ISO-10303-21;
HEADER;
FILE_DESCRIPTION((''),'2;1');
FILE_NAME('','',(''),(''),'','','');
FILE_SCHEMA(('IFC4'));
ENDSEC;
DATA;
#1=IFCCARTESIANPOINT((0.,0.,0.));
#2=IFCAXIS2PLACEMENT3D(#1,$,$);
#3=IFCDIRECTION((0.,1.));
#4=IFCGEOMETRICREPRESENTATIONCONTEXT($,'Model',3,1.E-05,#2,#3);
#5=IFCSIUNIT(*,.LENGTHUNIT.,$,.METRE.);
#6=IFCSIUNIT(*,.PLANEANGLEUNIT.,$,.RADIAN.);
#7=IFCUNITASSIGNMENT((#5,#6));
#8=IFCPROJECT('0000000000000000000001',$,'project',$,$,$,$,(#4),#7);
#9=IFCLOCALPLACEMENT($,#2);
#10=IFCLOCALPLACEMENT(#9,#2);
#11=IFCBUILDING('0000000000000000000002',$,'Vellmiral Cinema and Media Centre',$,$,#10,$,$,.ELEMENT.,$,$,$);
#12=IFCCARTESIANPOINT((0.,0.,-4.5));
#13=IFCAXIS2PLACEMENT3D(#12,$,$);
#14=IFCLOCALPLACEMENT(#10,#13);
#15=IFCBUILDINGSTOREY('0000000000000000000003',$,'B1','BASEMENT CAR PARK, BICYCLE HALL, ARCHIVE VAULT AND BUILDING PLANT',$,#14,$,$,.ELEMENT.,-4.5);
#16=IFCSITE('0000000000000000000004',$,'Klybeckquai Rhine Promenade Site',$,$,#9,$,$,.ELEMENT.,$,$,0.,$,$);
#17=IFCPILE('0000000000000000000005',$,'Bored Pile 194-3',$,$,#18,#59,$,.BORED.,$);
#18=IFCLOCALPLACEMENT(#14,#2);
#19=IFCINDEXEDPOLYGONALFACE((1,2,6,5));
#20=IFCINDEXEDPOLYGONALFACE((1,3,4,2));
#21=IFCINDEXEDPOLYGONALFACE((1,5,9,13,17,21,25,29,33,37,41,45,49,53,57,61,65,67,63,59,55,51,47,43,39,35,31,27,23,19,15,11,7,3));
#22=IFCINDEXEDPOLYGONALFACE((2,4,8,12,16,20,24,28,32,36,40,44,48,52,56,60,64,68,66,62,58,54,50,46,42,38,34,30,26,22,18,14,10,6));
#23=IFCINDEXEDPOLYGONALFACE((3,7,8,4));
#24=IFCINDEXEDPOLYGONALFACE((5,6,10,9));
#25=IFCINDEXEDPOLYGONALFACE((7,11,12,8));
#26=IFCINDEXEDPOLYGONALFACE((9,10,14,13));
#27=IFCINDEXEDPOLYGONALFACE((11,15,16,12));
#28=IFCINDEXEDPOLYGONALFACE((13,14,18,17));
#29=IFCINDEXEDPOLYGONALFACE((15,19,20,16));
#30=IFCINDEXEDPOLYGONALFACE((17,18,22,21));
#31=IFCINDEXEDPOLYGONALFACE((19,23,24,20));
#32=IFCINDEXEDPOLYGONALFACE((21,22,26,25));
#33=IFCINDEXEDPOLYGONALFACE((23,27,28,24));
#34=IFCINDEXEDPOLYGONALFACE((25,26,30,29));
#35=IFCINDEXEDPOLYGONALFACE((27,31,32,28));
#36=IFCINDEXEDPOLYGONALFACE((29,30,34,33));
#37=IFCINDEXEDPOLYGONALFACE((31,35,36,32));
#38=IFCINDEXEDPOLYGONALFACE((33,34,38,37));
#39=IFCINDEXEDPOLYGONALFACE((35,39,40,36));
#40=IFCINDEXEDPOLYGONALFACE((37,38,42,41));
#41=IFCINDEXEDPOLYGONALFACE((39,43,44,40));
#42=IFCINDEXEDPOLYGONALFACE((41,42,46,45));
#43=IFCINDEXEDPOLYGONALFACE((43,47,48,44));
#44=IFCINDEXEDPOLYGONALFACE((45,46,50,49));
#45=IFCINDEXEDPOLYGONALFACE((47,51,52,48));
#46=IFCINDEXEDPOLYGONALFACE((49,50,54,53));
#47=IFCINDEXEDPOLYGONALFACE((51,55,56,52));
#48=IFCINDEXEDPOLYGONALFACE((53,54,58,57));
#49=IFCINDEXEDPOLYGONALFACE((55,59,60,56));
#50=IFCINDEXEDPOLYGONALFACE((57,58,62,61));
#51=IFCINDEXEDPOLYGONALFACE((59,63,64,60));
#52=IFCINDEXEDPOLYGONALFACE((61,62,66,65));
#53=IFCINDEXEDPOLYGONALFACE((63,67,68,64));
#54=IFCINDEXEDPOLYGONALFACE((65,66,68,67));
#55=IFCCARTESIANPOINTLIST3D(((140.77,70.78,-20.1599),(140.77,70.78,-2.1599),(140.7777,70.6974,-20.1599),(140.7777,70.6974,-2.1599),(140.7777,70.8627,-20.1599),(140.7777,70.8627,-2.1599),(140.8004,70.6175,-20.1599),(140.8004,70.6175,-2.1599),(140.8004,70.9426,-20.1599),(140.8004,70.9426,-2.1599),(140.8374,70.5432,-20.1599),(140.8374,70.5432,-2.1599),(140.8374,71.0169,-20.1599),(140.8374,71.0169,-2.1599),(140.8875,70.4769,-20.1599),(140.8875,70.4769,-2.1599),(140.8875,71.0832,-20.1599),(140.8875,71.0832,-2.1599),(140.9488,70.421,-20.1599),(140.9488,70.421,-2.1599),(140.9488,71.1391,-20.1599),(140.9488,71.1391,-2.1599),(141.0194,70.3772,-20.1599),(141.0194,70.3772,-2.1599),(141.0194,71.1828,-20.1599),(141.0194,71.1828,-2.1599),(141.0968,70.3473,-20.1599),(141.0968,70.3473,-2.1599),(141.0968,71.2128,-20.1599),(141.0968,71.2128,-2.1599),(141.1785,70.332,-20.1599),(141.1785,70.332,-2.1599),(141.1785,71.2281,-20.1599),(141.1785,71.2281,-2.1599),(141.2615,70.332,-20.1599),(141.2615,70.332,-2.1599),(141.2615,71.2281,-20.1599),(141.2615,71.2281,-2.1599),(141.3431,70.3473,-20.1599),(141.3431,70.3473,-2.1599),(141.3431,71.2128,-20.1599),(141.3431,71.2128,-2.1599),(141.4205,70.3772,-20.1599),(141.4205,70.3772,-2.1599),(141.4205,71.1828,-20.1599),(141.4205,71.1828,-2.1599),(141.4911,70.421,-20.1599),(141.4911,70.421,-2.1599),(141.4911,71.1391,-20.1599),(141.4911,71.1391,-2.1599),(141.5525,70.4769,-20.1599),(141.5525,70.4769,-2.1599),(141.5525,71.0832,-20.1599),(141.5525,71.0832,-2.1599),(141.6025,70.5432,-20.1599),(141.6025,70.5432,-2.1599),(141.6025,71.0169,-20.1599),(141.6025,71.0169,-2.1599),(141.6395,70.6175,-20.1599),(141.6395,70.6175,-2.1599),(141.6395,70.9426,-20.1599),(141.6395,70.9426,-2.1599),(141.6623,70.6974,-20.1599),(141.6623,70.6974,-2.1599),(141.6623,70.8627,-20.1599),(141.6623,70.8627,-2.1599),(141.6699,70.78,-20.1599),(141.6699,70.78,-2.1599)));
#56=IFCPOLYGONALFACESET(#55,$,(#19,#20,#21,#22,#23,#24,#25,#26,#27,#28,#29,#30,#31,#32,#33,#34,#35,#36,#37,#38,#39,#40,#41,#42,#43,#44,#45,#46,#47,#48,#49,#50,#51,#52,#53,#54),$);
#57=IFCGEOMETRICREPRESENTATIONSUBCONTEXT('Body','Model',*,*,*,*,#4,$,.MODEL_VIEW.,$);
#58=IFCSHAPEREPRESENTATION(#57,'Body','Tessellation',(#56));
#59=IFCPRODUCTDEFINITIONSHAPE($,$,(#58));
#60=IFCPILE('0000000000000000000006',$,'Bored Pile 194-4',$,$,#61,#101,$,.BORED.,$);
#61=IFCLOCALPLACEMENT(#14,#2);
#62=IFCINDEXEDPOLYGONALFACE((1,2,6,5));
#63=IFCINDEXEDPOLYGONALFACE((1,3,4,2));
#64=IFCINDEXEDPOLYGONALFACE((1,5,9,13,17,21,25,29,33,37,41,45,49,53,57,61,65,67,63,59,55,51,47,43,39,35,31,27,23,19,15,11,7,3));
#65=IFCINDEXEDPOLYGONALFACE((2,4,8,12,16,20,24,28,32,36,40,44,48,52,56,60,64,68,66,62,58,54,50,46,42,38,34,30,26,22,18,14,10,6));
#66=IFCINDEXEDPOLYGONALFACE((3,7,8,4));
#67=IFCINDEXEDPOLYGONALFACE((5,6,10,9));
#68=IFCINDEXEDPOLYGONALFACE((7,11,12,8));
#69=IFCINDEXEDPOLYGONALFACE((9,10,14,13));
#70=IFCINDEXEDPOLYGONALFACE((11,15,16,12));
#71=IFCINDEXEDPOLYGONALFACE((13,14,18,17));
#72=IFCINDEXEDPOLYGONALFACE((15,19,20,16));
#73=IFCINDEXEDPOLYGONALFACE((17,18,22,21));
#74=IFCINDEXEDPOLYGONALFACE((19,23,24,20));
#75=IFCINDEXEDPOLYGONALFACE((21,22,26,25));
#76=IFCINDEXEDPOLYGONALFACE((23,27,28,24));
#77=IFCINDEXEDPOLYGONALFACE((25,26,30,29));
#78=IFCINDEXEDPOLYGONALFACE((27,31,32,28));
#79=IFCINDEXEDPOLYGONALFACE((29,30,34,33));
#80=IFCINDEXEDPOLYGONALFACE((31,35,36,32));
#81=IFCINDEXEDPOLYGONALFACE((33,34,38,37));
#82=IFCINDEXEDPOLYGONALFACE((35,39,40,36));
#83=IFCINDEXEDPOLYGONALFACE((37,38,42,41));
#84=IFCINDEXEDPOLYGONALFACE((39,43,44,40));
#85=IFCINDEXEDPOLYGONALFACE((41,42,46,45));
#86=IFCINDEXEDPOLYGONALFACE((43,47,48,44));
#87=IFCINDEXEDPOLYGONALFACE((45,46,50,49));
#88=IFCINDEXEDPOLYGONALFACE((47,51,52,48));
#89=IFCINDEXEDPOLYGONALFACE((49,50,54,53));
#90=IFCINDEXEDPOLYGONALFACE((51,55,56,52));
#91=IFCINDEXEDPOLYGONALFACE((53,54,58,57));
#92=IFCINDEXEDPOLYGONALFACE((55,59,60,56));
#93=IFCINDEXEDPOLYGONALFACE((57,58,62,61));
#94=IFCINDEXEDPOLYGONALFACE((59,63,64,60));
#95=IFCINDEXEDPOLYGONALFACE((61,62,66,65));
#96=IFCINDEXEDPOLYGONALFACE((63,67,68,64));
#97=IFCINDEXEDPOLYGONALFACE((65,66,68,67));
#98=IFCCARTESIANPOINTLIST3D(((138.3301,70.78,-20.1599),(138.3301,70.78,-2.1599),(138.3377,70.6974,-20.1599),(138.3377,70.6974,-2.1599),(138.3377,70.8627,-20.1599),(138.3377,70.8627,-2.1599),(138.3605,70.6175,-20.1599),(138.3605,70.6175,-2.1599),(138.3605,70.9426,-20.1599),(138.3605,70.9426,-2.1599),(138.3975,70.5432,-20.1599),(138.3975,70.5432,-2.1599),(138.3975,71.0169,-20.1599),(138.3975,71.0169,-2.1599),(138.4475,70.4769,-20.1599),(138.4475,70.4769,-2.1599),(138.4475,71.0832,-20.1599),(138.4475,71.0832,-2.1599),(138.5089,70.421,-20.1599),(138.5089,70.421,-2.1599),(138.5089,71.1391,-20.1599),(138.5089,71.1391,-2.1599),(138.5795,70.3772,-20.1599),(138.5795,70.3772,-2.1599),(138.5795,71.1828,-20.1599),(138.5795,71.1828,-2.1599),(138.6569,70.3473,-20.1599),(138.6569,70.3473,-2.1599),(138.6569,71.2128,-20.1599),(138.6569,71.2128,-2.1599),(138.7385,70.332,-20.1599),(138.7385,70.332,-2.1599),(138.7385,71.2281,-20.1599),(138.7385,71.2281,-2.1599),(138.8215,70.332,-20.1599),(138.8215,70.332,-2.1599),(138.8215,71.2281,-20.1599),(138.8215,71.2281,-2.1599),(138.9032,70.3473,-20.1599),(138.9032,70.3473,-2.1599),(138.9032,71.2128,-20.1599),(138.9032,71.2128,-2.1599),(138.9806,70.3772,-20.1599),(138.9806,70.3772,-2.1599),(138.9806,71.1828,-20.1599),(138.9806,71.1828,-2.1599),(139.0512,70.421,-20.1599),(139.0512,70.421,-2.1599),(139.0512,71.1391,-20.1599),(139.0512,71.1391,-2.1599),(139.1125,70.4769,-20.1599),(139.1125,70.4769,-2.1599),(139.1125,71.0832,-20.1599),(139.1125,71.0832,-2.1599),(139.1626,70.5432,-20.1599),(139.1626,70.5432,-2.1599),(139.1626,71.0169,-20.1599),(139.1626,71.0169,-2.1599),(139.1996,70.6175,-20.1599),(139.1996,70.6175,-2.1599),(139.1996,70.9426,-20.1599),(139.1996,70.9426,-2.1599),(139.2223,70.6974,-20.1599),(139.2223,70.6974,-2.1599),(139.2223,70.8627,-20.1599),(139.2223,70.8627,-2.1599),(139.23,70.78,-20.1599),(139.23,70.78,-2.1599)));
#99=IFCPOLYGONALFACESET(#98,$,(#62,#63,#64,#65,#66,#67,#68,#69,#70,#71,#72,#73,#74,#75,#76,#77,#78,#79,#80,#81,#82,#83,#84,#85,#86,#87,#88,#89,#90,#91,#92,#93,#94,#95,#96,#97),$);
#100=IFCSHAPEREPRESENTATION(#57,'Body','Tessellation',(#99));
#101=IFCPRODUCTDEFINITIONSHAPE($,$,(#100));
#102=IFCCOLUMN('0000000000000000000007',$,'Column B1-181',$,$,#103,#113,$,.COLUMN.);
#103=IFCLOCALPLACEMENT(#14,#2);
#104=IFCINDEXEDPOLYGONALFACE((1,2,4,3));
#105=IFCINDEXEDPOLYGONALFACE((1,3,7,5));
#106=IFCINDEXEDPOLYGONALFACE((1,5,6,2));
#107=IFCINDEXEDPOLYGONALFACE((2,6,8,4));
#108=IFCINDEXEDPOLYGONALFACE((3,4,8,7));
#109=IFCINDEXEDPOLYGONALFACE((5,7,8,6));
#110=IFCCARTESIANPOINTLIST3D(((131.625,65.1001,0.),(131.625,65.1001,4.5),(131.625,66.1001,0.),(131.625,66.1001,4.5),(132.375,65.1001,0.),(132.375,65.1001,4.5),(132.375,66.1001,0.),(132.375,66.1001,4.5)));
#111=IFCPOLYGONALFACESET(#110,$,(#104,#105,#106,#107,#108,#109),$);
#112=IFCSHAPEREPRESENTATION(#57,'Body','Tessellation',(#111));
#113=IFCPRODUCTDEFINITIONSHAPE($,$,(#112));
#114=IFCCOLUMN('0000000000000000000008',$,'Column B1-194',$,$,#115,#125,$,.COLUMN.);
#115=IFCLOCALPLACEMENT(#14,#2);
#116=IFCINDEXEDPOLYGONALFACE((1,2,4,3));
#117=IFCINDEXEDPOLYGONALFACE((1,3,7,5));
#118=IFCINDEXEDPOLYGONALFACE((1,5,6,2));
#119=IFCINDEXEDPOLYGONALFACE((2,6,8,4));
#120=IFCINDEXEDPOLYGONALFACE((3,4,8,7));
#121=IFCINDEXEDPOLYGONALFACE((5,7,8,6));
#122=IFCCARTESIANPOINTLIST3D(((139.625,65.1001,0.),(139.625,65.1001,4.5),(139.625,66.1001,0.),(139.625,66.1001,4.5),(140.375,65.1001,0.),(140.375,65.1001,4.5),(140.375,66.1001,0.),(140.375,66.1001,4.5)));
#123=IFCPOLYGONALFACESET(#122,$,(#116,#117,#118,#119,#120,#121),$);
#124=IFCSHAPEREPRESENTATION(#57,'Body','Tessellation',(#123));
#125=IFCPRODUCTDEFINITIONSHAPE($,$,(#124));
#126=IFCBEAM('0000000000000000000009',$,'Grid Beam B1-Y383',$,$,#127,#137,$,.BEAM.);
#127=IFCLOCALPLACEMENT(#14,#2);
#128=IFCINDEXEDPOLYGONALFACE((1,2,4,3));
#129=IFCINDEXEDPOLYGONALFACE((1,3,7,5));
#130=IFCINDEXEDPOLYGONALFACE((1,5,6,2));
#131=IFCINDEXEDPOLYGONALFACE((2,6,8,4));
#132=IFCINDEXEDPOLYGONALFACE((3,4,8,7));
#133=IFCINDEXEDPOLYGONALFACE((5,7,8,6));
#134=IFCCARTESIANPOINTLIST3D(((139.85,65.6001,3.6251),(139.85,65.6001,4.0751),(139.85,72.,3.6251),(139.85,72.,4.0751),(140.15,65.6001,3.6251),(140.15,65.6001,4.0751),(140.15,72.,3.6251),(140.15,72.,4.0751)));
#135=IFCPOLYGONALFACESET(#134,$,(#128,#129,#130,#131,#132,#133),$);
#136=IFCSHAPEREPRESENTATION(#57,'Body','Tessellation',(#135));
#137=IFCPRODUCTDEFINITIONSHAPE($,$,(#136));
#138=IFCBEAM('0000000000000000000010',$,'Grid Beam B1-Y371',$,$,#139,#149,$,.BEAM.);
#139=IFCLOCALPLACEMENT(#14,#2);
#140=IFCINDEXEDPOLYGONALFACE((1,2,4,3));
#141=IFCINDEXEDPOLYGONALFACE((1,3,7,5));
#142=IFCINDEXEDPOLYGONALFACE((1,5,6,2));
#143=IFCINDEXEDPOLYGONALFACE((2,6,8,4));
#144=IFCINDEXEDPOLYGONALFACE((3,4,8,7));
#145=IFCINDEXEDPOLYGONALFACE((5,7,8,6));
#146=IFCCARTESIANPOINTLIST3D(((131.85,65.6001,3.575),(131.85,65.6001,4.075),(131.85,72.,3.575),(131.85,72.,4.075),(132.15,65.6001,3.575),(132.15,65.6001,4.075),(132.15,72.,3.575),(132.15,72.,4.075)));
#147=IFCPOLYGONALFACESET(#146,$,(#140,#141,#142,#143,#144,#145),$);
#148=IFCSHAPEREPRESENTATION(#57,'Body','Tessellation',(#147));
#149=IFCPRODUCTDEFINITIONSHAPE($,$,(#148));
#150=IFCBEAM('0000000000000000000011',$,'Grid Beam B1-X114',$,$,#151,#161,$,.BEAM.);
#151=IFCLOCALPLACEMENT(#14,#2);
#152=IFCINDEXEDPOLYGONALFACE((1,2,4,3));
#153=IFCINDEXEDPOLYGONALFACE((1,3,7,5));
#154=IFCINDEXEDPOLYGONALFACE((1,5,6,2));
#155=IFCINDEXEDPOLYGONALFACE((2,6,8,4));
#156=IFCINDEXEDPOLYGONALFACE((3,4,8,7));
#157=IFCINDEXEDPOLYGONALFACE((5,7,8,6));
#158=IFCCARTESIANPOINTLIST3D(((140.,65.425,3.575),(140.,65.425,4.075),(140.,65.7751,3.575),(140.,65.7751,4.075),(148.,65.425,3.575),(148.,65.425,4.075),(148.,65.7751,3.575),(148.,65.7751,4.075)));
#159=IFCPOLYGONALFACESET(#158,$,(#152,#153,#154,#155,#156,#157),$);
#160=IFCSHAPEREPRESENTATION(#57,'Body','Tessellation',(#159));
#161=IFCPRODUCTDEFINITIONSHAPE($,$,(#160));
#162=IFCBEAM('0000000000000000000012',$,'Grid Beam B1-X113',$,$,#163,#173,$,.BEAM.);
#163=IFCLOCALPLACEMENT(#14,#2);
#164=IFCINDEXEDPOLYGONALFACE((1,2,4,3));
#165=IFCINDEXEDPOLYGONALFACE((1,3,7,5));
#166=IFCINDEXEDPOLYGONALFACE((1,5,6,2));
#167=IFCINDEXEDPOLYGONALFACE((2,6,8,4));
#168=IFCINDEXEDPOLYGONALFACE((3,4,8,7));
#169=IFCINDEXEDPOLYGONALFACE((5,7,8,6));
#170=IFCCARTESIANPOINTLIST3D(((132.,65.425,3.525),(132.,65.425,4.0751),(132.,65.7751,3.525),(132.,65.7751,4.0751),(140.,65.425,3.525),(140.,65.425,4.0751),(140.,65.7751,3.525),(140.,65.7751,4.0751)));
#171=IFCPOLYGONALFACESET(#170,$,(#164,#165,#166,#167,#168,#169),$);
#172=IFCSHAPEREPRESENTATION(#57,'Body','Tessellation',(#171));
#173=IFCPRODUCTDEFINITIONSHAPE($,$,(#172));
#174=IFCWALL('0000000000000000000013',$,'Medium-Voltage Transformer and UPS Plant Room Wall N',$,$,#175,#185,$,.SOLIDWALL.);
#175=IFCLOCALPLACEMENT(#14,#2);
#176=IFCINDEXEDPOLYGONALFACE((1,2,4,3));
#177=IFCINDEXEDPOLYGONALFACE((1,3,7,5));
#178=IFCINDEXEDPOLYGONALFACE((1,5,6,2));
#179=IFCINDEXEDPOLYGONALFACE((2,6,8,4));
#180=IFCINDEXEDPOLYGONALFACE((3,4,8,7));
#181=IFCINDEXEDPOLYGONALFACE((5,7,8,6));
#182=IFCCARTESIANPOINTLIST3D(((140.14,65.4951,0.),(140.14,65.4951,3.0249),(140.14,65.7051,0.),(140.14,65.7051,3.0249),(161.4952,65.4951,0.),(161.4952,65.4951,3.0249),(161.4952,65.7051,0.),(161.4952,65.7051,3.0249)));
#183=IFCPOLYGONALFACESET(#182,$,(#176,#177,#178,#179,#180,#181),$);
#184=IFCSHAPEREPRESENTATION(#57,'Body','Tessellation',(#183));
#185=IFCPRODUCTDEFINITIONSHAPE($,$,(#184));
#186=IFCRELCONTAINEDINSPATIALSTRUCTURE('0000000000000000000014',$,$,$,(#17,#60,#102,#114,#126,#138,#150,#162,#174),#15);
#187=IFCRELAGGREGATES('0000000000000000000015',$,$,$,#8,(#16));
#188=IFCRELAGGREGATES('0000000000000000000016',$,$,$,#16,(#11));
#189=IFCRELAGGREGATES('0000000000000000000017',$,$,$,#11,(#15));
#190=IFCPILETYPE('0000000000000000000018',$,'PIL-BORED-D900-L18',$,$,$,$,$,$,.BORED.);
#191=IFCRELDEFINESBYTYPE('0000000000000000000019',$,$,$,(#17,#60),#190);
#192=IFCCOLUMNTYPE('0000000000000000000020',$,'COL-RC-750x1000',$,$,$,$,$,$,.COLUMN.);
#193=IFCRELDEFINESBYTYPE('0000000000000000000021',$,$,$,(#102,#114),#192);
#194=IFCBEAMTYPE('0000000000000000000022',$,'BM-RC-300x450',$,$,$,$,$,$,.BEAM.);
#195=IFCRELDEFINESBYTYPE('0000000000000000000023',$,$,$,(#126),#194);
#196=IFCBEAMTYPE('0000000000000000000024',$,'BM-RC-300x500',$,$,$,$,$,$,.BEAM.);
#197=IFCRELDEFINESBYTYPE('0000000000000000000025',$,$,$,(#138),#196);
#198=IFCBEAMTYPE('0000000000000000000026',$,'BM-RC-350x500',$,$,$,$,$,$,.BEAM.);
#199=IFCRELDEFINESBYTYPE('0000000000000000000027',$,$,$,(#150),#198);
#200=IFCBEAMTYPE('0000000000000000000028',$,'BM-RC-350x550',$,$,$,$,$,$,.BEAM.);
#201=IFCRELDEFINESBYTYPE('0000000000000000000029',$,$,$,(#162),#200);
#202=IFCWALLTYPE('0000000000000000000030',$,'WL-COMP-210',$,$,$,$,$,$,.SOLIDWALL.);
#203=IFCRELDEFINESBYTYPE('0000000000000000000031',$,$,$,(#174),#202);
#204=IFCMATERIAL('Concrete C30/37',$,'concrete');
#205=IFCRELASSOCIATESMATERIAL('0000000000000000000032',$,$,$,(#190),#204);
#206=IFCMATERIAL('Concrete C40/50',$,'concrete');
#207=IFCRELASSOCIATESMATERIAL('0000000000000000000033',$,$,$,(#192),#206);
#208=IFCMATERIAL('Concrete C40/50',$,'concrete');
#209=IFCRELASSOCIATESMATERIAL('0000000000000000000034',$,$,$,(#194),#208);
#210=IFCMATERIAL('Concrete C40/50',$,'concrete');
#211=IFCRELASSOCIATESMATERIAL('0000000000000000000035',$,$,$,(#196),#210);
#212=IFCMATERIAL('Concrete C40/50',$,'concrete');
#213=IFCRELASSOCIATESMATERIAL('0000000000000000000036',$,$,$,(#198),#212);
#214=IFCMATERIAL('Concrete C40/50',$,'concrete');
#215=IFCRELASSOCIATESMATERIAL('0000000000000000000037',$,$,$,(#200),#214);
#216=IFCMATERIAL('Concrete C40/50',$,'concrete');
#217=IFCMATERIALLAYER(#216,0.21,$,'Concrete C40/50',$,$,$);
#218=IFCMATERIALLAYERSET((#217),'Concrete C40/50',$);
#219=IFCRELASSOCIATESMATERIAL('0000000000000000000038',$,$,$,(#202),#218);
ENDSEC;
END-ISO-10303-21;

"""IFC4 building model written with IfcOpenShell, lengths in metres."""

from ifc_helpers import new_model, si_unit, direction, frame, frame_2d, origin, origin_2d, place, context, subcontext, project, spatial, rectangle, circle, extrude, material, layer, layer_set, material_profile, profile_set, type_object, element, save


model = new_model("IFC4")

# Units and contexts
model_context = context("Model", 3, precision=1e-05, world=origin(), true_north=direction((0.0, 1.0)))
body_context = subcontext(model_context, "Body", "Model", "MODEL_VIEW")
ifc_project = project(units=[si_unit("LENGTHUNIT", "METRE"), si_unit("PLANEANGLEUNIT", "RADIAN")], contexts=[model_context])

# Site, building, storey
site_placement = place(None, origin())
site = spatial("IfcSite", under=ifc_project, at=site_placement, Name="Klybeckquai Rhine Promenade Site", CompositionType="ELEMENT", RefElevation=0.0)
building_placement = place(site_placement, origin())
building = spatial("IfcBuilding", under=site, at=building_placement, Name="Vellmiral Cinema and Media Centre", CompositionType="ELEMENT")
storey_placement = place(building_placement, frame((0.0, 0.0, -4.5)))
storey = spatial("IfcBuildingStorey", under=building, at=storey_placement, Name="B1", Description="BASEMENT CAR PARK, BICYCLE HALL, ARCHIVE VAULT AND BUILDING PLANT", CompositionType="ELEMENT", Elevation=-4.5)

# Piles
ifc_material_1 = material(Name="Concrete C30/37", Category="concrete")
ifc_material_profile_1 = material_profile(ifc_material_1, circle(Radius=0.45, at=origin_2d()), Name="PILE D900")
ifc_profile_set_1 = profile_set([ifc_material_profile_1], Name="Concrete C30/37")
pile_type_1 = type_object("IfcPileType", Name="PIL-BORED-D900-L18", PredefinedType="BORED", material=ifc_profile_set_1)
for number, where, z_axis, x_axis, name in (
    (1, (141.22, 70.78, -2.1599), (0.0, 0.0, -1.0), (1.0, 0.0, 0.0), "Bored Pile 194-3"),
    (2, (138.78, 70.78, -2.1599), (0.0, 0.0, -1.0), (1.0, 0.0, 0.0), "Bored Pile 194-4"),
):
    element("IfcPile", number, at=place(storey_placement, frame(where, z_axis=z_axis, x_axis=x_axis)), inside=storey, type_object=pile_type_1, Name=name, PredefinedType="BORED", context=body_context, shape_type="SweptSolid", body=[
        extrude(circle(Radius=0.45, at=origin_2d()), origin(), (0.0, 0.0, 1.0), 18.0),
    ])

# Columns
ifc_material_2 = material(Name="Concrete C40/50", Category="concrete")
ifc_material_profile_2 = material_profile(ifc_material_2, rectangle(XDim=0.75, YDim=1.0, at=origin_2d()), Name="RC 750x1000")
ifc_profile_set_2 = profile_set([ifc_material_profile_2], Name="Concrete C40/50")
column_type = type_object("IfcColumnType", Name="COL-RC-750x1000", PredefinedType="COLUMN", material=ifc_profile_set_2)
for number, where, z_axis, x_axis, name in (
    (3, (132.0, 65.6001, 0.0), (0.0, 0.0, 1.0), (1.0, 0.0, 0.0), "Column B1-181"),
    (4, (140.0, 65.6001, 0.0), (0.0, 0.0, 1.0), (1.0, 0.0, 0.0), "Column B1-194"),
):
    element("IfcColumn", number, at=place(storey_placement, frame(where, z_axis=z_axis, x_axis=x_axis)), inside=storey, type_object=column_type, Name=name, PredefinedType="COLUMN", context=body_context, shape_type="SweptSolid", body=[
        extrude(rectangle(XDim=0.75, YDim=1.0, at=origin_2d()), origin(), (0.0, 0.0, 1.0), 4.5),
    ])

# Beams
ifc_material_3 = material(Name="Concrete C40/50", Category="concrete")
ifc_material_profile_3 = material_profile(ifc_material_3, rectangle(XDim=0.3, YDim=0.45, at=origin_2d()), Name="RC 300x450")
ifc_profile_set_3 = profile_set([ifc_material_profile_3], Name="Concrete C40/50")
beam_type_1 = type_object("IfcBeamType", Name="BM-RC-300x450", PredefinedType="BEAM", material=ifc_profile_set_3)
beam_1_placement = place(storey_placement, frame((140.0, 65.6001, 3.8501), z_axis=(0.0, 1.0, 0.0), x_axis=(-1.0, 0.0, 0.0)))
element("IfcBeam", 5, at=beam_1_placement, inside=storey, type_object=beam_type_1, Name="Grid Beam B1-Y383", PredefinedType="BEAM", context=body_context, shape_type="SweptSolid", body=[
    extrude(rectangle(XDim=0.3, YDim=0.45, at=origin_2d()), origin(), (0.0, 0.0, 1.0), 6.3999),
])
ifc_material_4 = material(Name="Concrete C40/50", Category="concrete")
ifc_material_profile_4 = material_profile(ifc_material_4, rectangle(XDim=0.3, YDim=0.5, at=origin_2d()), Name="RC 300x500")
ifc_profile_set_4 = profile_set([ifc_material_profile_4], Name="Concrete C40/50")
beam_type_2 = type_object("IfcBeamType", Name="BM-RC-300x500", PredefinedType="BEAM", material=ifc_profile_set_4)
beam_2_placement = place(storey_placement, frame((132.0, 65.6001, 3.825), z_axis=(0.0, 1.0, 0.0), x_axis=(-1.0, 0.0, 0.0)))
element("IfcBeam", 6, at=beam_2_placement, inside=storey, type_object=beam_type_2, Name="Grid Beam B1-Y371", PredefinedType="BEAM", context=body_context, shape_type="SweptSolid", body=[
    extrude(rectangle(XDim=0.3, YDim=0.5, at=origin_2d()), origin(), (0.0, 0.0, 1.0), 6.3999),
])
ifc_material_5 = material(Name="Concrete C40/50", Category="concrete")
ifc_material_profile_5 = material_profile(ifc_material_5, rectangle(XDim=0.3501, YDim=0.5, at=origin_2d()), Name="RC 350x500")
ifc_profile_set_5 = profile_set([ifc_material_profile_5], Name="Concrete C40/50")
beam_type_3 = type_object("IfcBeamType", Name="BM-RC-350x500", PredefinedType="BEAM", material=ifc_profile_set_5)
beam_3_placement = place(storey_placement, frame((140.0, 65.6001, 3.825), z_axis=(1.0, 0.0, 0.0), x_axis=(0.0, 1.0, 0.0)))
element("IfcBeam", 7, at=beam_3_placement, inside=storey, type_object=beam_type_3, Name="Grid Beam B1-X114", PredefinedType="BEAM", context=body_context, shape_type="SweptSolid", body=[
    extrude(rectangle(XDim=0.3501, YDim=0.5, at=origin_2d()), origin(), (0.0, 0.0, 1.0), 8.0),
])
ifc_material_6 = material(Name="Concrete C40/50", Category="concrete")
ifc_material_profile_6 = material_profile(ifc_material_6, rectangle(XDim=0.3501, YDim=0.55, at=origin_2d()), Name="RC 350x550")
ifc_profile_set_6 = profile_set([ifc_material_profile_6], Name="Concrete C40/50")
beam_type_4 = type_object("IfcBeamType", Name="BM-RC-350x550", PredefinedType="BEAM", material=ifc_profile_set_6)
beam_4_placement = place(storey_placement, frame((132.0, 65.6001, 3.8), z_axis=(1.0, 0.0, 0.0), x_axis=(0.0, 1.0, 0.0)))
element("IfcBeam", 8, at=beam_4_placement, inside=storey, type_object=beam_type_4, Name="Grid Beam B1-X113", PredefinedType="BEAM", context=body_context, shape_type="SweptSolid", body=[
    extrude(rectangle(XDim=0.3501, YDim=0.55, at=origin_2d()), origin(), (0.0, 0.0, 1.0), 8.0),
])

# Wall
ifc_material_7 = material(Name="Concrete C40/50", Category="concrete")
ifc_layer_1 = layer(ifc_material_7, 0.21, Name="Concrete C40/50")
ifc_layer_set_1 = layer_set([ifc_layer_1], Name="Concrete C40/50")
wall_type_1 = type_object("IfcWallType", Name="WL-COMP-210", PredefinedType="SOLIDWALL", material=ifc_layer_set_1)
wall_1_placement = place(storey_placement, frame((140.1399, 65.6001, 0.0), z_axis=(0.0, 0.0, 1.0), x_axis=(1.0, 0.0, 0.0)))
element("IfcWall", 9, at=wall_1_placement, inside=storey, type_object=wall_type_1, Name="Medium-Voltage Transformer and UPS Plant Room Wall N", PredefinedType="SOLIDWALL", context=body_context, shape_type="SweptSolid", body=[
    extrude(rectangle(XDim=21.3552, YDim=0.21, at=frame_2d((10.6777, 0.0))), origin(), (0.0, 0.0, 1.0), 3.0249),
])

save(model, "model.ifc")
